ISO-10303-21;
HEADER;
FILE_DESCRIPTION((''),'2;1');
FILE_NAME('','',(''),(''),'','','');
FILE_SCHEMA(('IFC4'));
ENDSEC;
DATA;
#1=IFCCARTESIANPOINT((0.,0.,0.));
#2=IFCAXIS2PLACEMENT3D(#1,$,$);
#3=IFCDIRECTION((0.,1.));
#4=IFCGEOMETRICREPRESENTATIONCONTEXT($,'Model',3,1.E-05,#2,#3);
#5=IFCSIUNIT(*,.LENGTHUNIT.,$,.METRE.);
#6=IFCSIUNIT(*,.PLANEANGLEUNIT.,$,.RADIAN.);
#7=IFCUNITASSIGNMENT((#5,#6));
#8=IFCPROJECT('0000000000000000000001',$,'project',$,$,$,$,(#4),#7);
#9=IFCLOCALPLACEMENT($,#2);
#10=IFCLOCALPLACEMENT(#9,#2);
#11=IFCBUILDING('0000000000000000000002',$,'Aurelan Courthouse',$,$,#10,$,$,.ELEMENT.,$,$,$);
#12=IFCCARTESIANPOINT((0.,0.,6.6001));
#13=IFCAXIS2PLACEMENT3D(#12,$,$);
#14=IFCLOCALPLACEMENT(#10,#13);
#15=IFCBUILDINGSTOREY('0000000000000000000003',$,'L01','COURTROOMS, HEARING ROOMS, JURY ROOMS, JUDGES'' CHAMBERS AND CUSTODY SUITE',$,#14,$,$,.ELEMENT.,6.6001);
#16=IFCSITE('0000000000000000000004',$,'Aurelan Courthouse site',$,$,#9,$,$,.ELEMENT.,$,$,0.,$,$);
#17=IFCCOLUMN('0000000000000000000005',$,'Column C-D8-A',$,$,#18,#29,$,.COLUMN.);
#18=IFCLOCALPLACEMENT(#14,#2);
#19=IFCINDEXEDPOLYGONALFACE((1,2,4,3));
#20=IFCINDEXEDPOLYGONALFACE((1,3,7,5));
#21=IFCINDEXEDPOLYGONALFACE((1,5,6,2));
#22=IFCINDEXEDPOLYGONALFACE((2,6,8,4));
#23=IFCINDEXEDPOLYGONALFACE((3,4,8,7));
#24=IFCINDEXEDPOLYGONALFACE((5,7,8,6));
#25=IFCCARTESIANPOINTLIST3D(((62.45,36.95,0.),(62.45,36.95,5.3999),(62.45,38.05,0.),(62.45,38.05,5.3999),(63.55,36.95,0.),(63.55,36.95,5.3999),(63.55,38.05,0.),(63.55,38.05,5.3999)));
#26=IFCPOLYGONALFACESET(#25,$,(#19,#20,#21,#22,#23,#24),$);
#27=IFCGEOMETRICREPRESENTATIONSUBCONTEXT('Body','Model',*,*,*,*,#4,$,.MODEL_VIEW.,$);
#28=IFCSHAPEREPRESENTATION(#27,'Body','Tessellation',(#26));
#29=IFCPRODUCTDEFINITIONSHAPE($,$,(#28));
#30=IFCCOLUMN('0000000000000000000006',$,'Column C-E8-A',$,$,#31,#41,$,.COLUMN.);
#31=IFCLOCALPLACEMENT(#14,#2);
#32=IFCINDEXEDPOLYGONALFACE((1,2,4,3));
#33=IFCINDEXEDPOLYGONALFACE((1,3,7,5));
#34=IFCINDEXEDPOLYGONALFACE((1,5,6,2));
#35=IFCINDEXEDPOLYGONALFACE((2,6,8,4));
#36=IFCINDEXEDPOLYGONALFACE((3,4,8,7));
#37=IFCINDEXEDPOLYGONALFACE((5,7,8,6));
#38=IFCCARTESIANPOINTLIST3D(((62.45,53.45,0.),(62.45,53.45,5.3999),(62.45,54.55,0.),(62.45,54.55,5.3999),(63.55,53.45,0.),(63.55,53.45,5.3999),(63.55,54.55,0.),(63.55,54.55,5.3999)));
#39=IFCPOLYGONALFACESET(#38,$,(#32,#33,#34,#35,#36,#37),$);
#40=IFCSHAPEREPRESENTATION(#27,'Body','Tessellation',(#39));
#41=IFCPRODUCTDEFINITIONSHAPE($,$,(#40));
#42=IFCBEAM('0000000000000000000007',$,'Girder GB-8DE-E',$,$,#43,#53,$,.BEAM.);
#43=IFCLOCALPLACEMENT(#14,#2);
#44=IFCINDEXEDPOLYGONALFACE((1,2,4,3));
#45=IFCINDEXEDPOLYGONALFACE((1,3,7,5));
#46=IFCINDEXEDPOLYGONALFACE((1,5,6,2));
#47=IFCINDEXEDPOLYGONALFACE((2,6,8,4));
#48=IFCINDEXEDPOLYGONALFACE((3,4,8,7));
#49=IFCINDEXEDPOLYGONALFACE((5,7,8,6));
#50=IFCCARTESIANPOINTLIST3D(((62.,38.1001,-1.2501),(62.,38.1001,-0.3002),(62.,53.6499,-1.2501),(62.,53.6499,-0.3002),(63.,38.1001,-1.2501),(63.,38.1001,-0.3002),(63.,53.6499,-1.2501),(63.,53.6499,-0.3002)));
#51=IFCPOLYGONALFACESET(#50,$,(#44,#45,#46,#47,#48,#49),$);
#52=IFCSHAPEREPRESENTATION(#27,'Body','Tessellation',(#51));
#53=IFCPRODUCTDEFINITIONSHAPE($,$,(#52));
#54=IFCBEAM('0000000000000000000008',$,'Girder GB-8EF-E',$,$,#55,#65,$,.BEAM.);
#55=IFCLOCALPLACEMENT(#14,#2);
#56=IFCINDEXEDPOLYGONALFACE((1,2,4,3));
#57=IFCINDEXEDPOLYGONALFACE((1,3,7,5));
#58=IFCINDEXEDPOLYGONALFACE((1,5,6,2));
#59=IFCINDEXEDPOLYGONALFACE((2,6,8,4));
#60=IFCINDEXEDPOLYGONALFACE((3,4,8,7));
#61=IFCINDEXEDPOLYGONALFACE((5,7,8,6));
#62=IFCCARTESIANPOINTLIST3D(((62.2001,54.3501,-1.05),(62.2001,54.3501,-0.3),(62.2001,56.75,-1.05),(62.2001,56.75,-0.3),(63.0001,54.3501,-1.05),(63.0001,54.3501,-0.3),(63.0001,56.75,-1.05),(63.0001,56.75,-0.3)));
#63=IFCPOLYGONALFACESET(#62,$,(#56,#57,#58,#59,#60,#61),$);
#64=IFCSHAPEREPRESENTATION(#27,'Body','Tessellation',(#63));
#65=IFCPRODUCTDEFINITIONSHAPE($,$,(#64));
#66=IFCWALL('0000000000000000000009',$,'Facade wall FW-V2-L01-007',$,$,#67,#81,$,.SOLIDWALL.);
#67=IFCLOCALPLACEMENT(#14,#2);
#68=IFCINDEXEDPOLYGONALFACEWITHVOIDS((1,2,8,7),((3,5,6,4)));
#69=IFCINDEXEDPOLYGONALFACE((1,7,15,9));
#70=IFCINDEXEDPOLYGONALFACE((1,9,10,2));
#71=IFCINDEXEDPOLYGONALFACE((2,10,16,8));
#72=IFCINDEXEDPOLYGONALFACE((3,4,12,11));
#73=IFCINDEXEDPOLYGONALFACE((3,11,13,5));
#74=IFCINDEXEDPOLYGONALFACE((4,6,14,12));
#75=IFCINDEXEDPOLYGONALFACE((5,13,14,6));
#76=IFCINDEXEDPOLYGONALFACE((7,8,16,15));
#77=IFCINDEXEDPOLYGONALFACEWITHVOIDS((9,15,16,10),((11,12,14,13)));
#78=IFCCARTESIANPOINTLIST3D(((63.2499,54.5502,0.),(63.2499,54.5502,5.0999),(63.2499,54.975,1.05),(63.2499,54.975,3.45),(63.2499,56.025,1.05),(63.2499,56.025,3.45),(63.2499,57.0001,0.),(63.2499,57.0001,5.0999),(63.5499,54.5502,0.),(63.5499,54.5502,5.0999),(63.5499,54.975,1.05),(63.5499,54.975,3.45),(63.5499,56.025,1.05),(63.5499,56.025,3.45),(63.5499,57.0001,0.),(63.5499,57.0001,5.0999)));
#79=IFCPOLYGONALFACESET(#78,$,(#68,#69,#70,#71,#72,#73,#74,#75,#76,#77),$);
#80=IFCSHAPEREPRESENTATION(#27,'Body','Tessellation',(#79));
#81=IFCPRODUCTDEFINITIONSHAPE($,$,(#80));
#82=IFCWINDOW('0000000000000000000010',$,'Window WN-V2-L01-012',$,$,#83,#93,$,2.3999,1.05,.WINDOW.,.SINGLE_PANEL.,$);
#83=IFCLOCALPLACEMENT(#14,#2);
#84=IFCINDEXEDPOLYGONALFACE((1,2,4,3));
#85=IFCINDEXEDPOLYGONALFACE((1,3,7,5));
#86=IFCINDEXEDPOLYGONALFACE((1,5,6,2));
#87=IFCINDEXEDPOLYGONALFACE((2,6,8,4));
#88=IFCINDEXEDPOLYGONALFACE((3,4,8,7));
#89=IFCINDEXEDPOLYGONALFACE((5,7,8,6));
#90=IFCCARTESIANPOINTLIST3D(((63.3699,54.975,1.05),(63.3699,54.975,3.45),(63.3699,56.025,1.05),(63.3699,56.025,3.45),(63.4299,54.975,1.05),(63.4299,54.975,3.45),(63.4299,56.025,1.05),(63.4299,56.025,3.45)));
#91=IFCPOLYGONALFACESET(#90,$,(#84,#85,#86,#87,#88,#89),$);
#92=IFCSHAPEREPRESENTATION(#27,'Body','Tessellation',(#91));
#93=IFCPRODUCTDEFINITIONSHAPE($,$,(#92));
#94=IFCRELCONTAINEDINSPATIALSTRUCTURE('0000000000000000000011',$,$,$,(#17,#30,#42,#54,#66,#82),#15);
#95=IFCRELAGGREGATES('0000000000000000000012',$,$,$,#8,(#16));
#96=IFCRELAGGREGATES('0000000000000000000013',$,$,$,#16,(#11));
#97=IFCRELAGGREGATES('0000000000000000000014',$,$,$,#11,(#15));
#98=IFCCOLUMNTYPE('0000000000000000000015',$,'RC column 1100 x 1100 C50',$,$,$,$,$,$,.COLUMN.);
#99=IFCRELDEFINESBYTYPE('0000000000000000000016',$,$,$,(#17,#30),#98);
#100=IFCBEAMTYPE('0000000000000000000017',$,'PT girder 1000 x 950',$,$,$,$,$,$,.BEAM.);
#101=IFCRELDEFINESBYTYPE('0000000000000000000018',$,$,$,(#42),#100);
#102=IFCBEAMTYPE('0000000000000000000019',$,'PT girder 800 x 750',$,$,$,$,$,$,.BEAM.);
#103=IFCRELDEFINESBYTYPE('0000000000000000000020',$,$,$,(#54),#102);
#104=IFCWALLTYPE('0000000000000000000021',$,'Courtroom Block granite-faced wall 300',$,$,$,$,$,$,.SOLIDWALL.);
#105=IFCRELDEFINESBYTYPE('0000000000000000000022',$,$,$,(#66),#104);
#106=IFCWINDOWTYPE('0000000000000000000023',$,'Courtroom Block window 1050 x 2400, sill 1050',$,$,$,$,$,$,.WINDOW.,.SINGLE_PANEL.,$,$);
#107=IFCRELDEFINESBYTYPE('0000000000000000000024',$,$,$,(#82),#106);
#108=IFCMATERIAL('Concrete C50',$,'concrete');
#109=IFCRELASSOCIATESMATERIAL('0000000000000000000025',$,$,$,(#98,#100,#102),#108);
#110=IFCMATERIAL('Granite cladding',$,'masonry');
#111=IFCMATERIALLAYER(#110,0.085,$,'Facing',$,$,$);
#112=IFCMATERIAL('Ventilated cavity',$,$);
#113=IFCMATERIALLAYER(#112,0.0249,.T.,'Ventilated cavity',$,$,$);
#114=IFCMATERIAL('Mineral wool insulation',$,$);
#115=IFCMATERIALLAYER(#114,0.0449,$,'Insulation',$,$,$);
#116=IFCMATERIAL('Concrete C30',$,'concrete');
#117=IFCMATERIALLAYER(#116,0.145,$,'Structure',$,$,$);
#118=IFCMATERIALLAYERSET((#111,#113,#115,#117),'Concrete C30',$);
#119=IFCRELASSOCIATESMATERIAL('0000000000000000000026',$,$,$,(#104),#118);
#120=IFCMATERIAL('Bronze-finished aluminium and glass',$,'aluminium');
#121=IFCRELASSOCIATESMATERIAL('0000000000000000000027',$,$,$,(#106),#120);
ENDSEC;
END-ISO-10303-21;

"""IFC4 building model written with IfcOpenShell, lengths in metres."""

from ifc_helpers import new_model, si_unit, direction, frame, frame_2d, origin, origin_2d, place, context, subcontext, project, spatial, rectangle, extrude, material, layer, layer_set, material_profile, profile_set, type_object, element, fill, save


model = new_model("IFC4")

# Units and contexts
model_context = context("Model", 3, precision=1e-05, world=origin(), true_north=direction((0.0, 1.0)))
body_context = subcontext(model_context, "Body", "Model", "MODEL_VIEW")
ifc_project = project(units=[si_unit("LENGTHUNIT", "METRE"), si_unit("PLANEANGLEUNIT", "RADIAN")], contexts=[model_context])

# Site, building, storey
site_placement = place(None, origin())
site = spatial("IfcSite", under=ifc_project, at=site_placement, Name="Aurelan Courthouse site", CompositionType="ELEMENT", RefElevation=0.0)
building_placement = place(site_placement, origin())
building = spatial("IfcBuilding", under=site, at=building_placement, Name="Aurelan Courthouse", CompositionType="ELEMENT")
storey_placement = place(building_placement, frame((0.0, 0.0, 6.6001)))
storey = spatial("IfcBuildingStorey", under=building, at=storey_placement, Name="L01", Description="COURTROOMS, HEARING ROOMS, JURY ROOMS, JUDGES' CHAMBERS AND CUSTODY SUITE", CompositionType="ELEMENT", Elevation=6.6001)

# Columns
ifc_material_1 = material(Name="Concrete C50", Category="concrete")
ifc_material_profile_1 = material_profile(ifc_material_1, rectangle(XDim=1.1001, YDim=1.1001, at=origin_2d()), Name="RC 1100 x 1100")
ifc_profile_set_1 = profile_set([ifc_material_profile_1], Name="Concrete C50")
column_type = type_object("IfcColumnType", Name="RC column 1100 x 1100 C50", PredefinedType="COLUMN", material=ifc_profile_set_1)
for number, where, z_axis, x_axis, name in (
    (1, (63.0, 37.5, 0.0), (0.0, 0.0, 1.0), (1.0, 0.0, 0.0), "Column C-D8-A"),
    (2, (63.0, 54.0, 0.0), (0.0, 0.0, 1.0), (1.0, 0.0, 0.0), "Column C-E8-A"),
):
    element("IfcColumn", number, at=place(storey_placement, frame(where, z_axis=z_axis, x_axis=x_axis)), inside=storey, type_object=column_type, Name=name, PredefinedType="COLUMN", context=body_context, shape_type="SweptSolid", body=[
        extrude(rectangle(XDim=1.1001, YDim=1.1001, at=origin_2d()), origin(), (0.0, 0.0, 1.0), 5.3999),
    ])

# Beams
ifc_material_profile_2 = material_profile(ifc_material_1, rectangle(XDim=1.0, YDim=0.95, at=origin_2d()), Name="RC 1000 x 950")
ifc_profile_set_2 = profile_set([ifc_material_profile_2], Name="Concrete C50")
beam_type_1 = type_object("IfcBeamType", Name="PT girder 1000 x 950", PredefinedType="BEAM", material=ifc_profile_set_2)
beam_1_placement = place(storey_placement, frame((62.5, 38.1001, -0.7751), z_axis=(0.0, 1.0, 0.0), x_axis=(-1.0, 0.0, 0.0)))
element("IfcBeam", 3, at=beam_1_placement, inside=storey, type_object=beam_type_1, Name="Girder GB-8DE-E", PredefinedType="BEAM", context=body_context, shape_type="SweptSolid", body=[
    extrude(rectangle(XDim=1.0, YDim=0.95, at=origin_2d()), origin(), (0.0, 0.0, 1.0), 15.5498),
])
ifc_material_profile_3 = material_profile(ifc_material_1, rectangle(XDim=0.8, YDim=0.75, at=origin_2d()), Name="RC 800 x 750")
ifc_profile_set_3 = profile_set([ifc_material_profile_3], Name="Concrete C50")
beam_type_2 = type_object("IfcBeamType", Name="PT girder 800 x 750", PredefinedType="BEAM", material=ifc_profile_set_3)
beam_2_placement = place(storey_placement, frame((62.6001, 54.3501, -0.675), z_axis=(0.0, 1.0, 0.0), x_axis=(-1.0, 0.0, 0.0)))
element("IfcBeam", 4, at=beam_2_placement, inside=storey, type_object=beam_type_2, Name="Girder GB-8EF-E", PredefinedType="BEAM", context=body_context, shape_type="SweptSolid", body=[
    extrude(rectangle(XDim=0.8, YDim=0.75, at=origin_2d()), origin(), (0.0, 0.0, 1.0), 2.3999),
])

# Wall, opening, window
ifc_material_2 = material(Name="Granite cladding", Category="masonry")
ifc_layer_1 = layer(ifc_material_2, 0.085, Name="Facing")
ifc_material_3 = material(Name="Ventilated cavity")
ifc_layer_2 = layer(ifc_material_3, 0.0249, ventilated=True, Name="Ventilated cavity")
ifc_material_4 = material(Name="Mineral wool insulation")
ifc_layer_3 = layer(ifc_material_4, 0.0449, Name="Insulation")
ifc_material_5 = material(Name="Concrete C30", Category="concrete")
ifc_layer_4 = layer(ifc_material_5, 0.145, Name="Structure")
ifc_layer_set_1 = layer_set([ifc_layer_1, ifc_layer_2, ifc_layer_3, ifc_layer_4], Name="Concrete C30")
wall_type_1 = type_object("IfcWallType", Name="Courtroom Block granite-faced wall 300", PredefinedType="SOLIDWALL", material=ifc_layer_set_1)
wall_1_placement = place(storey_placement, frame((63.3999, 54.55, 0.0), z_axis=(0.0, 0.0, 1.0), x_axis=(0.0, 1.0, 0.0)))
wall_1 = element("IfcWall", 5, at=wall_1_placement, inside=storey, type_object=wall_type_1, Name="Facade wall FW-V2-L01-007", PredefinedType="SOLIDWALL", context=body_context, shape_type="SweptSolid", body=[
    extrude(rectangle(XDim=2.45, YDim=0.3, at=frame_2d((1.2251, 0.0))), origin(), (0.0, 0.0, 1.0), 5.0999),
])
opening_1_placement = place(wall_1_placement, frame((0.425, 0.0, 1.05)))
opening_1 = element("IfcOpeningElement", 6, at=opening_1_placement, cuts=wall_1, PredefinedType="OPENING", context=body_context, shape_type="SweptSolid", body=[
    extrude(rectangle(XDim=1.05, YDim=2.3999, at=frame_2d((0.5249, 1.2))), frame((0.0, 0.1599, 0.0), z_axis=(0.0, -1.0, 0.0), x_axis=(1.0, 0.0, 0.0)), (0.0, 0.0, 1.0), 0.3201),
])
ifc_material_6 = material(Name="Bronze-finished aluminium and glass", Category="aluminium")
window_type_1 = type_object("IfcWindowType", Name="Courtroom Block window 1050 x 2400, sill 1050", PartitioningType="SINGLE_PANEL", PredefinedType="WINDOW", material=ifc_material_6)
window_1_placement = place(opening_1_placement, origin())
window_1 = element("IfcWindow", 7, at=window_1_placement, inside=storey, type_object=window_type_1, Name="Window WN-V2-L01-012", OverallHeight=2.3999, OverallWidth=1.05, PartitioningType="SINGLE_PANEL", PredefinedType="WINDOW", context=body_context, shape_type="SweptSolid", body=[
    extrude(rectangle(XDim=1.05, YDim=2.3999, at=frame_2d((0.5249, 1.2))), frame((0.0, 0.03, 0.0), z_axis=(0.0, -1.0, 0.0), x_axis=(1.0, 0.0, 0.0)), (0.0, 0.0, 1.0), 0.0601),
])
fill(opening_1, window_1)

save(model, "model.ifc")
